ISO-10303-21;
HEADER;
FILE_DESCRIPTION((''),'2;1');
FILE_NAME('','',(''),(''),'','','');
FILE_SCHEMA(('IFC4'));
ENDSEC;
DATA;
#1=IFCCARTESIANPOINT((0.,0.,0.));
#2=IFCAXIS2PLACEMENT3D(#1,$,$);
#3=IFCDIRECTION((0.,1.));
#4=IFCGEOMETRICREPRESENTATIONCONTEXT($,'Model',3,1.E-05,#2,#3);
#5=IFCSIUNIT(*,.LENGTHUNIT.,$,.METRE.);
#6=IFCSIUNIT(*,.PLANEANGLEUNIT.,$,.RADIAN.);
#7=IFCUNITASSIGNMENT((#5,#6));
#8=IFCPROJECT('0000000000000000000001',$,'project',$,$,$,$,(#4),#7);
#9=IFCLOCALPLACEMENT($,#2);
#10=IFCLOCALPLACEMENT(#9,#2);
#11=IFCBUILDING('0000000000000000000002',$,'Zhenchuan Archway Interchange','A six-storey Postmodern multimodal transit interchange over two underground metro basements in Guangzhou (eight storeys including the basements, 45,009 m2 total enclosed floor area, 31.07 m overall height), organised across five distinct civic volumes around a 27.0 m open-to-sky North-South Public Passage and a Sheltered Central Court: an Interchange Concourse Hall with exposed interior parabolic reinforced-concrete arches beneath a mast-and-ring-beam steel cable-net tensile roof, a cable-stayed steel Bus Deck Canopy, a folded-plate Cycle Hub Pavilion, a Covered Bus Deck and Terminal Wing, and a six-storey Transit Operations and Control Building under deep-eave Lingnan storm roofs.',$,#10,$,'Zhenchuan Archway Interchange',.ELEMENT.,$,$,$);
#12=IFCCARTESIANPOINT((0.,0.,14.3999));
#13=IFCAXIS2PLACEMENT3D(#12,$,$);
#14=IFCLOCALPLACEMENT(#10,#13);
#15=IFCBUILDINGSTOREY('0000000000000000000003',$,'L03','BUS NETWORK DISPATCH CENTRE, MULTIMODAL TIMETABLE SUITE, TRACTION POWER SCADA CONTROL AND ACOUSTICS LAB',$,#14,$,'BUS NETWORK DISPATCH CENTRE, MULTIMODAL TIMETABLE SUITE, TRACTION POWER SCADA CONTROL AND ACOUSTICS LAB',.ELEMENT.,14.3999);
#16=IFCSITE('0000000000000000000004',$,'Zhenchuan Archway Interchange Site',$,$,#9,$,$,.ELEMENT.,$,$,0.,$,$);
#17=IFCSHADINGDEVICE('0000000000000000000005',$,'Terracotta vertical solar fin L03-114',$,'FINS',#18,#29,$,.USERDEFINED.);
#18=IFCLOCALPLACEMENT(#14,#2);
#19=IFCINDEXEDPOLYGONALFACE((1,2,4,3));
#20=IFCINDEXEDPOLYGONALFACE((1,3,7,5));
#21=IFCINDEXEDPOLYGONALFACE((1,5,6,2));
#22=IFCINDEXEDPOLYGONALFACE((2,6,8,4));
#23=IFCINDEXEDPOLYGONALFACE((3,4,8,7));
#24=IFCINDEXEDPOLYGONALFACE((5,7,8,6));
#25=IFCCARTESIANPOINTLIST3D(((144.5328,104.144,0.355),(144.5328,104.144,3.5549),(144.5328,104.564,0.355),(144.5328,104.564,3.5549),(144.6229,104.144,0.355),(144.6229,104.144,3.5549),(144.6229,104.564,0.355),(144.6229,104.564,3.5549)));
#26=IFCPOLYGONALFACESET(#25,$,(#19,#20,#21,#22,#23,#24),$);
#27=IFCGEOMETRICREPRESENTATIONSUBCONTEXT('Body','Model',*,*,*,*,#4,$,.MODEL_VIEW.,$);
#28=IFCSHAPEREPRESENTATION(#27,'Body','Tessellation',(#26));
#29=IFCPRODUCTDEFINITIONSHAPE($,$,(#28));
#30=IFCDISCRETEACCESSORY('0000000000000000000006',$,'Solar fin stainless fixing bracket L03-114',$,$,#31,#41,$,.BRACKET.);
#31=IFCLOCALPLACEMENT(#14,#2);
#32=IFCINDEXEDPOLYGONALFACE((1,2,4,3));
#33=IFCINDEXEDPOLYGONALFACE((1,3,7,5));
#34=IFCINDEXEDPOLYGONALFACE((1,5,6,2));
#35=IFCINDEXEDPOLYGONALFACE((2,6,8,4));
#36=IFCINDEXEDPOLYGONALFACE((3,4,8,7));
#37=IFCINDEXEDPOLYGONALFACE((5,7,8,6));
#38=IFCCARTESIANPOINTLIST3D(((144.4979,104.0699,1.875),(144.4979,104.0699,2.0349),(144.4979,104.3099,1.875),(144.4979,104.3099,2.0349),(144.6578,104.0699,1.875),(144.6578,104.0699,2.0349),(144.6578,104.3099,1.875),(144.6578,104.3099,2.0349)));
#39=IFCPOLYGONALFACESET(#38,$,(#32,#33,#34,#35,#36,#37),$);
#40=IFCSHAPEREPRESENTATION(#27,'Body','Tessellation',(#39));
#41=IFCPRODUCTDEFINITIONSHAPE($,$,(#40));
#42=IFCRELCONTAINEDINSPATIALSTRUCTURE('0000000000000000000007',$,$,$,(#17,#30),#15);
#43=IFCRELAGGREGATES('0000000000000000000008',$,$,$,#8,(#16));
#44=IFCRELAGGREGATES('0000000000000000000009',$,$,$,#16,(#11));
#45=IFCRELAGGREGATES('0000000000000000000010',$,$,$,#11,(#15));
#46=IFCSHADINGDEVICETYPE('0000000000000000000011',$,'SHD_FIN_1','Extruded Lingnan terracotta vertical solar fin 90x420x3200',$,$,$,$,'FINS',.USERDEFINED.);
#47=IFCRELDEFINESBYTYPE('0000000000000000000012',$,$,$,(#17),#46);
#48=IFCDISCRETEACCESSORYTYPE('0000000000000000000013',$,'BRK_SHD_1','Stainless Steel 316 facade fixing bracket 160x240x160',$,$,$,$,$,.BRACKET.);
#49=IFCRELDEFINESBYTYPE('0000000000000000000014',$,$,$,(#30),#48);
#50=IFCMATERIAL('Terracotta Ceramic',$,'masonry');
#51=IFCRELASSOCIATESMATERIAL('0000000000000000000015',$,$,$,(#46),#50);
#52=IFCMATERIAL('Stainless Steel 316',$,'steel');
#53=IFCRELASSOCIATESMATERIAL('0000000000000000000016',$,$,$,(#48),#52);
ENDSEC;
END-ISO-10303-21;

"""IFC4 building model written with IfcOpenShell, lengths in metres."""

from ifc_helpers import new_model, si_unit, direction, frame, origin, origin_2d, place, context, subcontext, project, spatial, rectangle, extrude, material, type_object, element, save


model = new_model("IFC4")

# Units and contexts
model_context = context("Model", 3, precision=1e-05, world=origin(), true_north=direction((0.0, 1.0)))
body_context = subcontext(model_context, "Body", "Model", "MODEL_VIEW")
ifc_project = project(units=[si_unit("LENGTHUNIT", "METRE"), si_unit("PLANEANGLEUNIT", "RADIAN")], contexts=[model_context])

# Site, building, storey
site_placement = place(None, origin())
site = spatial("IfcSite", under=ifc_project, at=site_placement, Name="Zhenchuan Archway Interchange Site", CompositionType="ELEMENT", RefElevation=0.0)
building_placement = place(site_placement, origin())
building = spatial("IfcBuilding", under=site, at=building_placement, Name="Zhenchuan Archway Interchange", Description="A six-storey Postmodern multimodal transit interchange over two underground metro basements in Guangzhou (eight storeys including the basements, 45,009 m2 total enclosed floor area, 31.07 m overall height), organised across five distinct civic volumes around a 27.0 m open-to-sky North-South Public Passage and a Sheltered Central Court: an Interchange Concourse Hall with exposed interior parabolic reinforced-concrete arches beneath a mast-and-ring-beam steel cable-net tensile roof, a cable-stayed steel Bus Deck Canopy, a folded-plate Cycle Hub Pavilion, a Covered Bus Deck and Terminal Wing, and a six-storey Transit Operations and Control Building under deep-eave Lingnan storm roofs.", LongName="Zhenchuan Archway Interchange", CompositionType="ELEMENT")
storey_placement = place(building_placement, frame((0.0, 0.0, 14.3999)))
storey = spatial("IfcBuildingStorey", under=building, at=storey_placement, Name="L03", Description="BUS NETWORK DISPATCH CENTRE, MULTIMODAL TIMETABLE SUITE, TRACTION POWER SCADA CONTROL AND ACOUSTICS LAB", LongName="BUS NETWORK DISPATCH CENTRE, MULTIMODAL TIMETABLE SUITE, TRACTION POWER SCADA CONTROL AND ACOUSTICS LAB", CompositionType="ELEMENT", Elevation=14.3999)

# Shading device
ifc_material_1 = material(Name="Terracotta Ceramic", Category="masonry")
shading_device_type = type_object("IfcShadingDeviceType", Name="SHD_FIN_1", Description="Extruded Lingnan terracotta vertical solar fin 90x420x3200", ElementType="FINS", PredefinedType="USERDEFINED", material=ifc_material_1)
shading_device_placement = place(storey_placement, frame((144.5779, 104.354, 0.355), z_axis=(0.0, 0.0, 1.0), x_axis=(1.0, 0.0, 0.0)))
element("IfcShadingDevice", 1, at=shading_device_placement, inside=storey, type_object=shading_device_type, Name="Terracotta vertical solar fin L03-114", ObjectType="FINS", PredefinedType="USERDEFINED", context=body_context, shape_type="SweptSolid", body=[
    extrude(rectangle(XDim=0.0901, YDim=0.4199, at=origin_2d()), origin(), (0.0, 0.0, 1.0), 3.2),
])

# Discrete accessory
ifc_material_2 = material(Name="Stainless Steel 316", Category="steel")
discrete_accessory_type = type_object("IfcDiscreteAccessoryType", Name="BRK_SHD_1", Description="Stainless Steel 316 facade fixing bracket 160x240x160", PredefinedType="BRACKET", material=ifc_material_2)
discrete_accessory_placement = place(storey_placement, frame((144.5779, 104.1899, 1.875), z_axis=(0.0, 0.0, 1.0), x_axis=(1.0, 0.0, 0.0)))
element("IfcDiscreteAccessory", 2, at=discrete_accessory_placement, inside=storey, type_object=discrete_accessory_type, Name="Solar fin stainless fixing bracket L03-114", PredefinedType="BRACKET", context=body_context, shape_type="SweptSolid", body=[
    extrude(rectangle(XDim=0.1599, YDim=0.24, at=origin_2d()), origin(), (0.0, 0.0, 1.0), 0.1599),
])

save(model, "model.ifc")
